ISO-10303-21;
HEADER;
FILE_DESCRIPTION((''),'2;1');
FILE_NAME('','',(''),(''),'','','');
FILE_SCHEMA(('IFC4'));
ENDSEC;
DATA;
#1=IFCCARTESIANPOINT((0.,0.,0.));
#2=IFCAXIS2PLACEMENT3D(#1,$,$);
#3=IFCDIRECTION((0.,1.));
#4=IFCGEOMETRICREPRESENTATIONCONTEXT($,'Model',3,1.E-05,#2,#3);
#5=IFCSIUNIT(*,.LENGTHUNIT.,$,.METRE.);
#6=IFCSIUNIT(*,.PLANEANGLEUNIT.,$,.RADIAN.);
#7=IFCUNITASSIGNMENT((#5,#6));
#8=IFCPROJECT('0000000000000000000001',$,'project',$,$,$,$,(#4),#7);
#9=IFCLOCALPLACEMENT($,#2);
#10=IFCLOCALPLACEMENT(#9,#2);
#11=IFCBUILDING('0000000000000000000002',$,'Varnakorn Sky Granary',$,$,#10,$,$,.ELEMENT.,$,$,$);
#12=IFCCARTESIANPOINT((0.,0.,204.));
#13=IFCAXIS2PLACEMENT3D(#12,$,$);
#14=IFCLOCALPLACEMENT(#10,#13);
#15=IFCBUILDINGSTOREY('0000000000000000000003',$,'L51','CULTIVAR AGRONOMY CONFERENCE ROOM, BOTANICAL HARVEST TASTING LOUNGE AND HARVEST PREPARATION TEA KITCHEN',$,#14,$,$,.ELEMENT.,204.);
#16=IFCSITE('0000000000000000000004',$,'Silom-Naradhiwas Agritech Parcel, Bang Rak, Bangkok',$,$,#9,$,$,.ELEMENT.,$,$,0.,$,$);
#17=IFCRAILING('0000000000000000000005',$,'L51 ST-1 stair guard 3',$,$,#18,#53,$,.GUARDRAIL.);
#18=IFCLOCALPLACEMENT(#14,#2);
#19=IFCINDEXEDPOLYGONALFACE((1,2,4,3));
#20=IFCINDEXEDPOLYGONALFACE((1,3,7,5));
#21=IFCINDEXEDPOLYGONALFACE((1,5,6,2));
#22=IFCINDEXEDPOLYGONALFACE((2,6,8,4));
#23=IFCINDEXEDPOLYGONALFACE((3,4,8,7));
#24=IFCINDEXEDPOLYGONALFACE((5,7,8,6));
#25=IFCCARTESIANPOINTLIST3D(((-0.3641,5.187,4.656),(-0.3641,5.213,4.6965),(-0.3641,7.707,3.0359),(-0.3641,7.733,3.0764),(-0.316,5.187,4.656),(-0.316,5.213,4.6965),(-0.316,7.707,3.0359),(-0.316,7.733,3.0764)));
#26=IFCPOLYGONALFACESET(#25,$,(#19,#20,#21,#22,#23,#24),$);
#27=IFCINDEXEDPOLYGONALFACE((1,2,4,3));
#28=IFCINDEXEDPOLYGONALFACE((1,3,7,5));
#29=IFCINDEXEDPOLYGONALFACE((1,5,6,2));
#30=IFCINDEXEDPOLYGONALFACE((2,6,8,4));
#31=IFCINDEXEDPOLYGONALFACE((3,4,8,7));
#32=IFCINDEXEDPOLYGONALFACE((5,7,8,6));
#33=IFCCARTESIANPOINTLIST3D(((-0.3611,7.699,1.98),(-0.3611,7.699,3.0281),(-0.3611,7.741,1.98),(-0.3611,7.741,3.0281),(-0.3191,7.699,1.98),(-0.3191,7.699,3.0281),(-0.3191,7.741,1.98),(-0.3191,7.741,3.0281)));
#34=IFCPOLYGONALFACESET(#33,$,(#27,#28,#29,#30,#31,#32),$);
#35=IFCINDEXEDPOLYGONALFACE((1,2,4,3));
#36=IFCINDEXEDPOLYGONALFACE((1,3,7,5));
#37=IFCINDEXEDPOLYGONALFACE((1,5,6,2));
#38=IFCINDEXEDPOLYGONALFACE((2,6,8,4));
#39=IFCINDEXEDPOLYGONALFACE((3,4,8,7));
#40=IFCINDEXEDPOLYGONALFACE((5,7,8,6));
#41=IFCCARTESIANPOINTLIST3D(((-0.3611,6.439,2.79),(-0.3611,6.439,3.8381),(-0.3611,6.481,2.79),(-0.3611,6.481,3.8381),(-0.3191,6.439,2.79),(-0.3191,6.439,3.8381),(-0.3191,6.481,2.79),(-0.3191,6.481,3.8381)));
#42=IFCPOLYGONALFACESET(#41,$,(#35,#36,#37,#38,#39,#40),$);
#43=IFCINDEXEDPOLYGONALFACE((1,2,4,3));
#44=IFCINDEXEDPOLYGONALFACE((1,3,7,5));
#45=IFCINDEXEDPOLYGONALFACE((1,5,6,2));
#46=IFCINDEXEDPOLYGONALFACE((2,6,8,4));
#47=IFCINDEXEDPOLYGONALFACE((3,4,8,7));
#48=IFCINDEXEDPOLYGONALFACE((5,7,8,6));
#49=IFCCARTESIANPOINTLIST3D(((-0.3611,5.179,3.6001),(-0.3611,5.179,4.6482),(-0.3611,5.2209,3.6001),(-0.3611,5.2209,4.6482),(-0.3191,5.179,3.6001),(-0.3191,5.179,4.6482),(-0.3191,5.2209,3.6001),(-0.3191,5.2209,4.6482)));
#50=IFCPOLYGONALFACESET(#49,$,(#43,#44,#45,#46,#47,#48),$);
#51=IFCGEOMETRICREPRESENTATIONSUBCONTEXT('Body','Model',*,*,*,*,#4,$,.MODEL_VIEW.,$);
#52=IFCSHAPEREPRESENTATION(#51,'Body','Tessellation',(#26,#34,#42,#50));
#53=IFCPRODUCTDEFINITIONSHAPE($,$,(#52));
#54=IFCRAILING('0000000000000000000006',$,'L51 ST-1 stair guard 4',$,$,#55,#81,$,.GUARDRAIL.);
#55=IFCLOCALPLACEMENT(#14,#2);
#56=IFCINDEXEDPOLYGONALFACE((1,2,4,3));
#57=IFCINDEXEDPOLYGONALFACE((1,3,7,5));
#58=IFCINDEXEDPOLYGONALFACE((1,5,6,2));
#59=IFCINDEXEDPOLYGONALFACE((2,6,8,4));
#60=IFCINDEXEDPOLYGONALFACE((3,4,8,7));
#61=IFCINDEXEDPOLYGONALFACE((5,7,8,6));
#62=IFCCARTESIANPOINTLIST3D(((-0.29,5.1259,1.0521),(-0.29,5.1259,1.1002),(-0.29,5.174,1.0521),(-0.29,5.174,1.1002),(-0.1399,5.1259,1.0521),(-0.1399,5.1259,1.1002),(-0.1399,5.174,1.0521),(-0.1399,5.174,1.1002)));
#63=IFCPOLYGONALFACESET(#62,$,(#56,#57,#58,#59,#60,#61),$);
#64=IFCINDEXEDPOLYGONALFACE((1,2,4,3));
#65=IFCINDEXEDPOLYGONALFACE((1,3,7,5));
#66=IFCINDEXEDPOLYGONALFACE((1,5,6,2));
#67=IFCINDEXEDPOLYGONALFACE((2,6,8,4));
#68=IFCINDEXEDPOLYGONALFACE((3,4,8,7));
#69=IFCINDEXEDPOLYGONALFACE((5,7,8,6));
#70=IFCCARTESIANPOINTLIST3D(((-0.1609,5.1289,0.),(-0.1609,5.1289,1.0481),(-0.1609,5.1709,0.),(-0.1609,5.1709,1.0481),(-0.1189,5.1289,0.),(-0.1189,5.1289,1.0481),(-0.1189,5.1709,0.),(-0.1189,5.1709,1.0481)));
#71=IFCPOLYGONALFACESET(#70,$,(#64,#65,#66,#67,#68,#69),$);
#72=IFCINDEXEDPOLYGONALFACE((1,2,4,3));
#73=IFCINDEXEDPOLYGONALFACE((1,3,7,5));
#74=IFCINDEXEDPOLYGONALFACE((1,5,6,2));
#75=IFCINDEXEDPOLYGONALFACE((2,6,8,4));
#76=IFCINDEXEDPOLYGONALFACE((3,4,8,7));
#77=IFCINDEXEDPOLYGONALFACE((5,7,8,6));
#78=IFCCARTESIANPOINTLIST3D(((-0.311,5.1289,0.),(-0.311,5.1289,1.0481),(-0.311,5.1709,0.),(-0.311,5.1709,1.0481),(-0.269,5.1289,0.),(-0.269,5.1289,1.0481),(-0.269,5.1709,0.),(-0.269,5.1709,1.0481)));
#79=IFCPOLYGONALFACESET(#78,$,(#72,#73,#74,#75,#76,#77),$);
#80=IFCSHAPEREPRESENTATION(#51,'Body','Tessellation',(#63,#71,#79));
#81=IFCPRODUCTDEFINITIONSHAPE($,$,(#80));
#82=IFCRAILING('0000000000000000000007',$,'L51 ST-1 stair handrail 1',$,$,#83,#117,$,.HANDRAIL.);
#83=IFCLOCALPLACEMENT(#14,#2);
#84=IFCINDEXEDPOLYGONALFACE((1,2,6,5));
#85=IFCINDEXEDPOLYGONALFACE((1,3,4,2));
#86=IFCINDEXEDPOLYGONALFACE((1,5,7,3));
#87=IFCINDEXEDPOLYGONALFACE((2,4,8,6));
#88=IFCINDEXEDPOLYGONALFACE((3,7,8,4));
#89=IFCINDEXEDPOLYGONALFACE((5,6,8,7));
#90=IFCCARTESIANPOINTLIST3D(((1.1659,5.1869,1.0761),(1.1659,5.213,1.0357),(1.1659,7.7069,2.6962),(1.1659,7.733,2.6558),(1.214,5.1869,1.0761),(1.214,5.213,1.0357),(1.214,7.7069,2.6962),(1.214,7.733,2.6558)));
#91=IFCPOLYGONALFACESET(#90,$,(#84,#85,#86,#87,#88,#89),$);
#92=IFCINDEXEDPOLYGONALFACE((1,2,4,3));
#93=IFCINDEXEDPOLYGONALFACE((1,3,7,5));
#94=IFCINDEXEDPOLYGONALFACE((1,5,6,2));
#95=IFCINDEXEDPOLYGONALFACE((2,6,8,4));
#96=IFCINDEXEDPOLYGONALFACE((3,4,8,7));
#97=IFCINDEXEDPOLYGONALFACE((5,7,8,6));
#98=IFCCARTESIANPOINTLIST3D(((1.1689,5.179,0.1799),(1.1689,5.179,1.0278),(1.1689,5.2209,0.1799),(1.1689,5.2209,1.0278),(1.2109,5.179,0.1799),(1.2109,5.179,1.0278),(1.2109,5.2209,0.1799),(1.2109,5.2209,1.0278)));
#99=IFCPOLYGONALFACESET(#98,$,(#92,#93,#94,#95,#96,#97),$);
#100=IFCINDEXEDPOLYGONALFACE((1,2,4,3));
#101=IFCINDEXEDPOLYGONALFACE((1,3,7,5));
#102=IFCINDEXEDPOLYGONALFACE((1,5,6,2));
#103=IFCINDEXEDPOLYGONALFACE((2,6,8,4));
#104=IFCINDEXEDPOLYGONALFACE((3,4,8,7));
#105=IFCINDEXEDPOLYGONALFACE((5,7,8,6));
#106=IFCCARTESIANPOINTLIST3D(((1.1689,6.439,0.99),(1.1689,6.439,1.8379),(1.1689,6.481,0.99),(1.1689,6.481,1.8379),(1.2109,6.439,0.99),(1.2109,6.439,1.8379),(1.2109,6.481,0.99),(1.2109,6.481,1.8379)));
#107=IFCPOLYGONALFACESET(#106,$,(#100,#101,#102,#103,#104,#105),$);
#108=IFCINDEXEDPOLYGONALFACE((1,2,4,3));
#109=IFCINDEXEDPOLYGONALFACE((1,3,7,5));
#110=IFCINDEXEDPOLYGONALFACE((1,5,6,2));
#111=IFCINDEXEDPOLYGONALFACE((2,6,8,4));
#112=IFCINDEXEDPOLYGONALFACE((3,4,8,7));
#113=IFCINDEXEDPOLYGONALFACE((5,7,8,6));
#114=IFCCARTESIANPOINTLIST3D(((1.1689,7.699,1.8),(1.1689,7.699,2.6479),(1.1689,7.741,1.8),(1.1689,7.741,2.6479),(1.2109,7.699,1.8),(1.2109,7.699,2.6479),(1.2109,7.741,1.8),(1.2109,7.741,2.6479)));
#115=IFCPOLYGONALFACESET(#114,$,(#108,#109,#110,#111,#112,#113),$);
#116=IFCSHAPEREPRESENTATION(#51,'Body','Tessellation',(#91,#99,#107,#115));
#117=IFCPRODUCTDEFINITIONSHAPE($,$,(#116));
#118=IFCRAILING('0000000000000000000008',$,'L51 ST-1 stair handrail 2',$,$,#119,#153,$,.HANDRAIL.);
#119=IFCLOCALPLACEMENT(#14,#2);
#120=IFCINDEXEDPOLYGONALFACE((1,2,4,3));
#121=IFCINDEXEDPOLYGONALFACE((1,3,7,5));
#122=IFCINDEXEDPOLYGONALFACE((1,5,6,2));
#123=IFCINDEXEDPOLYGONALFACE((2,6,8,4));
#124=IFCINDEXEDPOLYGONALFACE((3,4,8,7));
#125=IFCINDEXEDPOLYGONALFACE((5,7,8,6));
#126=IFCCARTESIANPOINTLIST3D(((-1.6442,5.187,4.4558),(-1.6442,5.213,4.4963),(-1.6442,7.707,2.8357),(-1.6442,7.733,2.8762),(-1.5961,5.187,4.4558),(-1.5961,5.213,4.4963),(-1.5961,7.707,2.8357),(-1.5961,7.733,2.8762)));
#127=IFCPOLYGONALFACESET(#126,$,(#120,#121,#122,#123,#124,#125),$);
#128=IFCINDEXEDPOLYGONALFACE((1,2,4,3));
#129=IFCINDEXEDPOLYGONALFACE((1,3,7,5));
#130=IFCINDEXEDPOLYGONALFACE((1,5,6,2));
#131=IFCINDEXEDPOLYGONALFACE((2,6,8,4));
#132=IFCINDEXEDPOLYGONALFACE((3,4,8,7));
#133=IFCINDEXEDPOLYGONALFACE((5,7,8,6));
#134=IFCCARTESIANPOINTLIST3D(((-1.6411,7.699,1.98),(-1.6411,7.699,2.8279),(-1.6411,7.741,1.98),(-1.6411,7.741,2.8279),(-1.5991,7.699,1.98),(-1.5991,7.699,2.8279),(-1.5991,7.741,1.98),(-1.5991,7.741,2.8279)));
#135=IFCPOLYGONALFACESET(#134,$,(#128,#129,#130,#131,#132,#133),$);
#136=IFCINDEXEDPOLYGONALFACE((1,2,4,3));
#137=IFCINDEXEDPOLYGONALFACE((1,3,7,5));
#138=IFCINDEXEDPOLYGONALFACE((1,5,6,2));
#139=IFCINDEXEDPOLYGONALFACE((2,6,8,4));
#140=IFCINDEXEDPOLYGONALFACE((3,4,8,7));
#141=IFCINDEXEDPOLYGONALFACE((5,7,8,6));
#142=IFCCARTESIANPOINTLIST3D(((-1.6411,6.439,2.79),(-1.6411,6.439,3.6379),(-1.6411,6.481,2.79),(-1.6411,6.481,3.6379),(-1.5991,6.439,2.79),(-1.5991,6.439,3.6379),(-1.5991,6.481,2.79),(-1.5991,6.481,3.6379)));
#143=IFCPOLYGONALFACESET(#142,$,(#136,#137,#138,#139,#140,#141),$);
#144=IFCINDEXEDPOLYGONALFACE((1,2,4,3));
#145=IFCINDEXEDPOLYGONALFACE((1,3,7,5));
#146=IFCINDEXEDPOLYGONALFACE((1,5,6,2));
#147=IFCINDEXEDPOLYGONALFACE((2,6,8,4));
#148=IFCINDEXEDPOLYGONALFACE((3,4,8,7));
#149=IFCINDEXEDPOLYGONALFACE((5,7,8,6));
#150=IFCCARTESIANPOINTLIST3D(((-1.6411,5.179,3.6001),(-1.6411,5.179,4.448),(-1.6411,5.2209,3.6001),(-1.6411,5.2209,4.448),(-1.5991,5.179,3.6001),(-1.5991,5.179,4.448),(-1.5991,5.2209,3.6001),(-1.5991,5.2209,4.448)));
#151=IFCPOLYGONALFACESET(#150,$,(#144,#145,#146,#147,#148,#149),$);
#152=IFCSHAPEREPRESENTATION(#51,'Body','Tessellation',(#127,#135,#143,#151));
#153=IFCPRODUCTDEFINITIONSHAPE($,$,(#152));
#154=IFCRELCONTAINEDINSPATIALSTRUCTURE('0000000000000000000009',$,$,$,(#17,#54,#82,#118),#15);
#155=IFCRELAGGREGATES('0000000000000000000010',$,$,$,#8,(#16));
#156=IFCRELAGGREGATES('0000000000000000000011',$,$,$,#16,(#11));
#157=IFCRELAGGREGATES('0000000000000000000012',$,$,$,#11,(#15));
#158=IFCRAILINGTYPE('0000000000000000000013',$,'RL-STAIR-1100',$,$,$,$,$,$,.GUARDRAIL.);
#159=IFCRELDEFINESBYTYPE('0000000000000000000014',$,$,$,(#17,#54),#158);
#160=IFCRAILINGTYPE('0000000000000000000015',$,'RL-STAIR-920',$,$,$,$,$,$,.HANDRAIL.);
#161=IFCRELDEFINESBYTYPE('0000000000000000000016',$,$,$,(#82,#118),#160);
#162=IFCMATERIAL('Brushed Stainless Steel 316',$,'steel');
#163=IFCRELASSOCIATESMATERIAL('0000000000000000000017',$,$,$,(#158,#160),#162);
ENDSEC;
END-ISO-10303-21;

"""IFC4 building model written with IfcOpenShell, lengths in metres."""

from ifc_helpers import new_model, si_unit, direction, frame, origin, origin_2d, place, context, subcontext, project, spatial, rectangle, extrude, material, type_object, element, save


model = new_model("IFC4")

# Units and contexts
model_context = context("Model", 3, precision=1e-05, world=origin(), true_north=direction((0.0, 1.0)))
body_context = subcontext(model_context, "Body", "Model", "MODEL_VIEW")
ifc_project = project(units=[si_unit("LENGTHUNIT", "METRE"), si_unit("PLANEANGLEUNIT", "RADIAN")], contexts=[model_context])

# Site, building, storey
site_placement = place(None, origin())
site = spatial("IfcSite", under=ifc_project, at=site_placement, Name="Silom-Naradhiwas Agritech Parcel, Bang Rak, Bangkok", CompositionType="ELEMENT", RefElevation=0.0)
building_placement = place(site_placement, origin())
building = spatial("IfcBuilding", under=site, at=building_placement, Name="Varnakorn Sky Granary", CompositionType="ELEMENT")
storey_placement = place(building_placement, frame((0.0, 0.0, 204.0)))
storey = spatial("IfcBuildingStorey", under=building, at=storey_placement, Name="L51", Description="CULTIVAR AGRONOMY CONFERENCE ROOM, BOTANICAL HARVEST TASTING LOUNGE AND HARVEST PREPARATION TEA KITCHEN", CompositionType="ELEMENT", Elevation=204.0)

# Railings
ifc_material_1 = material(Name="Brushed Stainless Steel 316", Category="steel")
railing_type_1 = type_object("IfcRailingType", Name="RL-STAIR-1100", PredefinedType="GUARDRAIL", material=ifc_material_1)
railing_1_placement = place(storey_placement, frame((-0.3401, 7.72, 1.98)))
element("IfcRailing", 1, at=railing_1_placement, inside=storey, type_object=railing_type_1, Name="L51 ST-1 stair guard 3", PredefinedType="GUARDRAIL", context=body_context, shape_type="SweptSolid", body=[
    extrude(rectangle(XDim=0.0481, YDim=0.0481, at=origin_2d()), frame((0.0, 0.0, 1.0762), z_axis=(0.0, -0.841163, 0.540782), x_axis=(1.0, 0.0, 0.0)), (0.0, 0.0, 1.0), 2.9958),
    extrude(rectangle(XDim=0.042, YDim=0.042, at=origin_2d()), origin(), (0.0, 0.0, 1.0), 1.0481),
    extrude(rectangle(XDim=0.042, YDim=0.042, at=origin_2d()), frame((0.0, -1.26, 0.8101)), (0.0, 0.0, 1.0), 1.0481),
    extrude(rectangle(XDim=0.042, YDim=0.042, at=origin_2d()), frame((0.0, -2.52, 1.6201)), (0.0, 0.0, 1.0), 1.0481),
])
railing_2_placement = place(storey_placement, frame((-0.1399, 5.1499, 0.0)))
element("IfcRailing", 2, at=railing_2_placement, inside=storey, type_object=railing_type_1, Name="L51 ST-1 stair guard 4", PredefinedType="GUARDRAIL", context=body_context, shape_type="SweptSolid", body=[
    extrude(rectangle(XDim=0.0481, YDim=0.0481, at=origin_2d()), frame((0.0, 0.0, 1.0762), z_axis=(-1.0, 0.0, 0.0), x_axis=(0.0, -1.0, 0.0)), (0.0, 0.0, 1.0), 0.1501),
    extrude(rectangle(XDim=0.042, YDim=0.042, at=origin_2d()), origin(), (0.0, 0.0, 1.0), 1.0481),
    extrude(rectangle(XDim=0.042, YDim=0.042, at=origin_2d()), frame((-0.1501, 0.0, 0.0)), (0.0, 0.0, 1.0), 1.0481),
])
railing_type_2 = type_object("IfcRailingType", Name="RL-STAIR-920", PredefinedType="HANDRAIL", material=ifc_material_1)
railing_3_placement = place(storey_placement, frame((1.1899, 5.2, 0.1799)))
element("IfcRailing", 3, at=railing_3_placement, inside=storey, type_object=railing_type_2, Name="L51 ST-1 stair handrail 1", PredefinedType="HANDRAIL", context=body_context, shape_type="SweptSolid", body=[
    extrude(rectangle(XDim=0.0481, YDim=0.0481, at=origin_2d()), frame((0.0, 0.0, 0.876), z_axis=(0.0, 0.841163, 0.540782), x_axis=(-1.0, 0.0, 0.0)), (0.0, 0.0, 1.0), 2.9958),
    extrude(rectangle(XDim=0.042, YDim=0.042, at=origin_2d()), origin(), (0.0, 0.0, 1.0), 0.8479),
    extrude(rectangle(XDim=0.042, YDim=0.042, at=origin_2d()), frame((0.0, 1.26, 0.8101)), (0.0, 0.0, 1.0), 0.8479),
    extrude(rectangle(XDim=0.042, YDim=0.042, at=origin_2d()), frame((0.0, 2.52, 1.6201)), (0.0, 0.0, 1.0), 0.8479),
])
railing_4_placement = place(storey_placement, frame((-1.6201, 7.72, 1.98)))
element("IfcRailing", 4, at=railing_4_placement, inside=storey, type_object=railing_type_2, Name="L51 ST-1 stair handrail 2", PredefinedType="HANDRAIL", context=body_context, shape_type="SweptSolid", body=[
    extrude(rectangle(XDim=0.0481, YDim=0.0481, at=origin_2d()), frame((0.0, 0.0, 0.876), z_axis=(0.0, -0.841163, 0.540782), x_axis=(1.0, 0.0, 0.0)), (0.0, 0.0, 1.0), 2.9958),
    extrude(rectangle(XDim=0.042, YDim=0.042, at=origin_2d()), origin(), (0.0, 0.0, 1.0), 0.8479),
    extrude(rectangle(XDim=0.042, YDim=0.042, at=origin_2d()), frame((0.0, -1.26, 0.8101)), (0.0, 0.0, 1.0), 0.8479),
    extrude(rectangle(XDim=0.042, YDim=0.042, at=origin_2d()), frame((0.0, -2.52, 1.6201)), (0.0, 0.0, 1.0), 0.8479),
])

save(model, "model.ifc")
